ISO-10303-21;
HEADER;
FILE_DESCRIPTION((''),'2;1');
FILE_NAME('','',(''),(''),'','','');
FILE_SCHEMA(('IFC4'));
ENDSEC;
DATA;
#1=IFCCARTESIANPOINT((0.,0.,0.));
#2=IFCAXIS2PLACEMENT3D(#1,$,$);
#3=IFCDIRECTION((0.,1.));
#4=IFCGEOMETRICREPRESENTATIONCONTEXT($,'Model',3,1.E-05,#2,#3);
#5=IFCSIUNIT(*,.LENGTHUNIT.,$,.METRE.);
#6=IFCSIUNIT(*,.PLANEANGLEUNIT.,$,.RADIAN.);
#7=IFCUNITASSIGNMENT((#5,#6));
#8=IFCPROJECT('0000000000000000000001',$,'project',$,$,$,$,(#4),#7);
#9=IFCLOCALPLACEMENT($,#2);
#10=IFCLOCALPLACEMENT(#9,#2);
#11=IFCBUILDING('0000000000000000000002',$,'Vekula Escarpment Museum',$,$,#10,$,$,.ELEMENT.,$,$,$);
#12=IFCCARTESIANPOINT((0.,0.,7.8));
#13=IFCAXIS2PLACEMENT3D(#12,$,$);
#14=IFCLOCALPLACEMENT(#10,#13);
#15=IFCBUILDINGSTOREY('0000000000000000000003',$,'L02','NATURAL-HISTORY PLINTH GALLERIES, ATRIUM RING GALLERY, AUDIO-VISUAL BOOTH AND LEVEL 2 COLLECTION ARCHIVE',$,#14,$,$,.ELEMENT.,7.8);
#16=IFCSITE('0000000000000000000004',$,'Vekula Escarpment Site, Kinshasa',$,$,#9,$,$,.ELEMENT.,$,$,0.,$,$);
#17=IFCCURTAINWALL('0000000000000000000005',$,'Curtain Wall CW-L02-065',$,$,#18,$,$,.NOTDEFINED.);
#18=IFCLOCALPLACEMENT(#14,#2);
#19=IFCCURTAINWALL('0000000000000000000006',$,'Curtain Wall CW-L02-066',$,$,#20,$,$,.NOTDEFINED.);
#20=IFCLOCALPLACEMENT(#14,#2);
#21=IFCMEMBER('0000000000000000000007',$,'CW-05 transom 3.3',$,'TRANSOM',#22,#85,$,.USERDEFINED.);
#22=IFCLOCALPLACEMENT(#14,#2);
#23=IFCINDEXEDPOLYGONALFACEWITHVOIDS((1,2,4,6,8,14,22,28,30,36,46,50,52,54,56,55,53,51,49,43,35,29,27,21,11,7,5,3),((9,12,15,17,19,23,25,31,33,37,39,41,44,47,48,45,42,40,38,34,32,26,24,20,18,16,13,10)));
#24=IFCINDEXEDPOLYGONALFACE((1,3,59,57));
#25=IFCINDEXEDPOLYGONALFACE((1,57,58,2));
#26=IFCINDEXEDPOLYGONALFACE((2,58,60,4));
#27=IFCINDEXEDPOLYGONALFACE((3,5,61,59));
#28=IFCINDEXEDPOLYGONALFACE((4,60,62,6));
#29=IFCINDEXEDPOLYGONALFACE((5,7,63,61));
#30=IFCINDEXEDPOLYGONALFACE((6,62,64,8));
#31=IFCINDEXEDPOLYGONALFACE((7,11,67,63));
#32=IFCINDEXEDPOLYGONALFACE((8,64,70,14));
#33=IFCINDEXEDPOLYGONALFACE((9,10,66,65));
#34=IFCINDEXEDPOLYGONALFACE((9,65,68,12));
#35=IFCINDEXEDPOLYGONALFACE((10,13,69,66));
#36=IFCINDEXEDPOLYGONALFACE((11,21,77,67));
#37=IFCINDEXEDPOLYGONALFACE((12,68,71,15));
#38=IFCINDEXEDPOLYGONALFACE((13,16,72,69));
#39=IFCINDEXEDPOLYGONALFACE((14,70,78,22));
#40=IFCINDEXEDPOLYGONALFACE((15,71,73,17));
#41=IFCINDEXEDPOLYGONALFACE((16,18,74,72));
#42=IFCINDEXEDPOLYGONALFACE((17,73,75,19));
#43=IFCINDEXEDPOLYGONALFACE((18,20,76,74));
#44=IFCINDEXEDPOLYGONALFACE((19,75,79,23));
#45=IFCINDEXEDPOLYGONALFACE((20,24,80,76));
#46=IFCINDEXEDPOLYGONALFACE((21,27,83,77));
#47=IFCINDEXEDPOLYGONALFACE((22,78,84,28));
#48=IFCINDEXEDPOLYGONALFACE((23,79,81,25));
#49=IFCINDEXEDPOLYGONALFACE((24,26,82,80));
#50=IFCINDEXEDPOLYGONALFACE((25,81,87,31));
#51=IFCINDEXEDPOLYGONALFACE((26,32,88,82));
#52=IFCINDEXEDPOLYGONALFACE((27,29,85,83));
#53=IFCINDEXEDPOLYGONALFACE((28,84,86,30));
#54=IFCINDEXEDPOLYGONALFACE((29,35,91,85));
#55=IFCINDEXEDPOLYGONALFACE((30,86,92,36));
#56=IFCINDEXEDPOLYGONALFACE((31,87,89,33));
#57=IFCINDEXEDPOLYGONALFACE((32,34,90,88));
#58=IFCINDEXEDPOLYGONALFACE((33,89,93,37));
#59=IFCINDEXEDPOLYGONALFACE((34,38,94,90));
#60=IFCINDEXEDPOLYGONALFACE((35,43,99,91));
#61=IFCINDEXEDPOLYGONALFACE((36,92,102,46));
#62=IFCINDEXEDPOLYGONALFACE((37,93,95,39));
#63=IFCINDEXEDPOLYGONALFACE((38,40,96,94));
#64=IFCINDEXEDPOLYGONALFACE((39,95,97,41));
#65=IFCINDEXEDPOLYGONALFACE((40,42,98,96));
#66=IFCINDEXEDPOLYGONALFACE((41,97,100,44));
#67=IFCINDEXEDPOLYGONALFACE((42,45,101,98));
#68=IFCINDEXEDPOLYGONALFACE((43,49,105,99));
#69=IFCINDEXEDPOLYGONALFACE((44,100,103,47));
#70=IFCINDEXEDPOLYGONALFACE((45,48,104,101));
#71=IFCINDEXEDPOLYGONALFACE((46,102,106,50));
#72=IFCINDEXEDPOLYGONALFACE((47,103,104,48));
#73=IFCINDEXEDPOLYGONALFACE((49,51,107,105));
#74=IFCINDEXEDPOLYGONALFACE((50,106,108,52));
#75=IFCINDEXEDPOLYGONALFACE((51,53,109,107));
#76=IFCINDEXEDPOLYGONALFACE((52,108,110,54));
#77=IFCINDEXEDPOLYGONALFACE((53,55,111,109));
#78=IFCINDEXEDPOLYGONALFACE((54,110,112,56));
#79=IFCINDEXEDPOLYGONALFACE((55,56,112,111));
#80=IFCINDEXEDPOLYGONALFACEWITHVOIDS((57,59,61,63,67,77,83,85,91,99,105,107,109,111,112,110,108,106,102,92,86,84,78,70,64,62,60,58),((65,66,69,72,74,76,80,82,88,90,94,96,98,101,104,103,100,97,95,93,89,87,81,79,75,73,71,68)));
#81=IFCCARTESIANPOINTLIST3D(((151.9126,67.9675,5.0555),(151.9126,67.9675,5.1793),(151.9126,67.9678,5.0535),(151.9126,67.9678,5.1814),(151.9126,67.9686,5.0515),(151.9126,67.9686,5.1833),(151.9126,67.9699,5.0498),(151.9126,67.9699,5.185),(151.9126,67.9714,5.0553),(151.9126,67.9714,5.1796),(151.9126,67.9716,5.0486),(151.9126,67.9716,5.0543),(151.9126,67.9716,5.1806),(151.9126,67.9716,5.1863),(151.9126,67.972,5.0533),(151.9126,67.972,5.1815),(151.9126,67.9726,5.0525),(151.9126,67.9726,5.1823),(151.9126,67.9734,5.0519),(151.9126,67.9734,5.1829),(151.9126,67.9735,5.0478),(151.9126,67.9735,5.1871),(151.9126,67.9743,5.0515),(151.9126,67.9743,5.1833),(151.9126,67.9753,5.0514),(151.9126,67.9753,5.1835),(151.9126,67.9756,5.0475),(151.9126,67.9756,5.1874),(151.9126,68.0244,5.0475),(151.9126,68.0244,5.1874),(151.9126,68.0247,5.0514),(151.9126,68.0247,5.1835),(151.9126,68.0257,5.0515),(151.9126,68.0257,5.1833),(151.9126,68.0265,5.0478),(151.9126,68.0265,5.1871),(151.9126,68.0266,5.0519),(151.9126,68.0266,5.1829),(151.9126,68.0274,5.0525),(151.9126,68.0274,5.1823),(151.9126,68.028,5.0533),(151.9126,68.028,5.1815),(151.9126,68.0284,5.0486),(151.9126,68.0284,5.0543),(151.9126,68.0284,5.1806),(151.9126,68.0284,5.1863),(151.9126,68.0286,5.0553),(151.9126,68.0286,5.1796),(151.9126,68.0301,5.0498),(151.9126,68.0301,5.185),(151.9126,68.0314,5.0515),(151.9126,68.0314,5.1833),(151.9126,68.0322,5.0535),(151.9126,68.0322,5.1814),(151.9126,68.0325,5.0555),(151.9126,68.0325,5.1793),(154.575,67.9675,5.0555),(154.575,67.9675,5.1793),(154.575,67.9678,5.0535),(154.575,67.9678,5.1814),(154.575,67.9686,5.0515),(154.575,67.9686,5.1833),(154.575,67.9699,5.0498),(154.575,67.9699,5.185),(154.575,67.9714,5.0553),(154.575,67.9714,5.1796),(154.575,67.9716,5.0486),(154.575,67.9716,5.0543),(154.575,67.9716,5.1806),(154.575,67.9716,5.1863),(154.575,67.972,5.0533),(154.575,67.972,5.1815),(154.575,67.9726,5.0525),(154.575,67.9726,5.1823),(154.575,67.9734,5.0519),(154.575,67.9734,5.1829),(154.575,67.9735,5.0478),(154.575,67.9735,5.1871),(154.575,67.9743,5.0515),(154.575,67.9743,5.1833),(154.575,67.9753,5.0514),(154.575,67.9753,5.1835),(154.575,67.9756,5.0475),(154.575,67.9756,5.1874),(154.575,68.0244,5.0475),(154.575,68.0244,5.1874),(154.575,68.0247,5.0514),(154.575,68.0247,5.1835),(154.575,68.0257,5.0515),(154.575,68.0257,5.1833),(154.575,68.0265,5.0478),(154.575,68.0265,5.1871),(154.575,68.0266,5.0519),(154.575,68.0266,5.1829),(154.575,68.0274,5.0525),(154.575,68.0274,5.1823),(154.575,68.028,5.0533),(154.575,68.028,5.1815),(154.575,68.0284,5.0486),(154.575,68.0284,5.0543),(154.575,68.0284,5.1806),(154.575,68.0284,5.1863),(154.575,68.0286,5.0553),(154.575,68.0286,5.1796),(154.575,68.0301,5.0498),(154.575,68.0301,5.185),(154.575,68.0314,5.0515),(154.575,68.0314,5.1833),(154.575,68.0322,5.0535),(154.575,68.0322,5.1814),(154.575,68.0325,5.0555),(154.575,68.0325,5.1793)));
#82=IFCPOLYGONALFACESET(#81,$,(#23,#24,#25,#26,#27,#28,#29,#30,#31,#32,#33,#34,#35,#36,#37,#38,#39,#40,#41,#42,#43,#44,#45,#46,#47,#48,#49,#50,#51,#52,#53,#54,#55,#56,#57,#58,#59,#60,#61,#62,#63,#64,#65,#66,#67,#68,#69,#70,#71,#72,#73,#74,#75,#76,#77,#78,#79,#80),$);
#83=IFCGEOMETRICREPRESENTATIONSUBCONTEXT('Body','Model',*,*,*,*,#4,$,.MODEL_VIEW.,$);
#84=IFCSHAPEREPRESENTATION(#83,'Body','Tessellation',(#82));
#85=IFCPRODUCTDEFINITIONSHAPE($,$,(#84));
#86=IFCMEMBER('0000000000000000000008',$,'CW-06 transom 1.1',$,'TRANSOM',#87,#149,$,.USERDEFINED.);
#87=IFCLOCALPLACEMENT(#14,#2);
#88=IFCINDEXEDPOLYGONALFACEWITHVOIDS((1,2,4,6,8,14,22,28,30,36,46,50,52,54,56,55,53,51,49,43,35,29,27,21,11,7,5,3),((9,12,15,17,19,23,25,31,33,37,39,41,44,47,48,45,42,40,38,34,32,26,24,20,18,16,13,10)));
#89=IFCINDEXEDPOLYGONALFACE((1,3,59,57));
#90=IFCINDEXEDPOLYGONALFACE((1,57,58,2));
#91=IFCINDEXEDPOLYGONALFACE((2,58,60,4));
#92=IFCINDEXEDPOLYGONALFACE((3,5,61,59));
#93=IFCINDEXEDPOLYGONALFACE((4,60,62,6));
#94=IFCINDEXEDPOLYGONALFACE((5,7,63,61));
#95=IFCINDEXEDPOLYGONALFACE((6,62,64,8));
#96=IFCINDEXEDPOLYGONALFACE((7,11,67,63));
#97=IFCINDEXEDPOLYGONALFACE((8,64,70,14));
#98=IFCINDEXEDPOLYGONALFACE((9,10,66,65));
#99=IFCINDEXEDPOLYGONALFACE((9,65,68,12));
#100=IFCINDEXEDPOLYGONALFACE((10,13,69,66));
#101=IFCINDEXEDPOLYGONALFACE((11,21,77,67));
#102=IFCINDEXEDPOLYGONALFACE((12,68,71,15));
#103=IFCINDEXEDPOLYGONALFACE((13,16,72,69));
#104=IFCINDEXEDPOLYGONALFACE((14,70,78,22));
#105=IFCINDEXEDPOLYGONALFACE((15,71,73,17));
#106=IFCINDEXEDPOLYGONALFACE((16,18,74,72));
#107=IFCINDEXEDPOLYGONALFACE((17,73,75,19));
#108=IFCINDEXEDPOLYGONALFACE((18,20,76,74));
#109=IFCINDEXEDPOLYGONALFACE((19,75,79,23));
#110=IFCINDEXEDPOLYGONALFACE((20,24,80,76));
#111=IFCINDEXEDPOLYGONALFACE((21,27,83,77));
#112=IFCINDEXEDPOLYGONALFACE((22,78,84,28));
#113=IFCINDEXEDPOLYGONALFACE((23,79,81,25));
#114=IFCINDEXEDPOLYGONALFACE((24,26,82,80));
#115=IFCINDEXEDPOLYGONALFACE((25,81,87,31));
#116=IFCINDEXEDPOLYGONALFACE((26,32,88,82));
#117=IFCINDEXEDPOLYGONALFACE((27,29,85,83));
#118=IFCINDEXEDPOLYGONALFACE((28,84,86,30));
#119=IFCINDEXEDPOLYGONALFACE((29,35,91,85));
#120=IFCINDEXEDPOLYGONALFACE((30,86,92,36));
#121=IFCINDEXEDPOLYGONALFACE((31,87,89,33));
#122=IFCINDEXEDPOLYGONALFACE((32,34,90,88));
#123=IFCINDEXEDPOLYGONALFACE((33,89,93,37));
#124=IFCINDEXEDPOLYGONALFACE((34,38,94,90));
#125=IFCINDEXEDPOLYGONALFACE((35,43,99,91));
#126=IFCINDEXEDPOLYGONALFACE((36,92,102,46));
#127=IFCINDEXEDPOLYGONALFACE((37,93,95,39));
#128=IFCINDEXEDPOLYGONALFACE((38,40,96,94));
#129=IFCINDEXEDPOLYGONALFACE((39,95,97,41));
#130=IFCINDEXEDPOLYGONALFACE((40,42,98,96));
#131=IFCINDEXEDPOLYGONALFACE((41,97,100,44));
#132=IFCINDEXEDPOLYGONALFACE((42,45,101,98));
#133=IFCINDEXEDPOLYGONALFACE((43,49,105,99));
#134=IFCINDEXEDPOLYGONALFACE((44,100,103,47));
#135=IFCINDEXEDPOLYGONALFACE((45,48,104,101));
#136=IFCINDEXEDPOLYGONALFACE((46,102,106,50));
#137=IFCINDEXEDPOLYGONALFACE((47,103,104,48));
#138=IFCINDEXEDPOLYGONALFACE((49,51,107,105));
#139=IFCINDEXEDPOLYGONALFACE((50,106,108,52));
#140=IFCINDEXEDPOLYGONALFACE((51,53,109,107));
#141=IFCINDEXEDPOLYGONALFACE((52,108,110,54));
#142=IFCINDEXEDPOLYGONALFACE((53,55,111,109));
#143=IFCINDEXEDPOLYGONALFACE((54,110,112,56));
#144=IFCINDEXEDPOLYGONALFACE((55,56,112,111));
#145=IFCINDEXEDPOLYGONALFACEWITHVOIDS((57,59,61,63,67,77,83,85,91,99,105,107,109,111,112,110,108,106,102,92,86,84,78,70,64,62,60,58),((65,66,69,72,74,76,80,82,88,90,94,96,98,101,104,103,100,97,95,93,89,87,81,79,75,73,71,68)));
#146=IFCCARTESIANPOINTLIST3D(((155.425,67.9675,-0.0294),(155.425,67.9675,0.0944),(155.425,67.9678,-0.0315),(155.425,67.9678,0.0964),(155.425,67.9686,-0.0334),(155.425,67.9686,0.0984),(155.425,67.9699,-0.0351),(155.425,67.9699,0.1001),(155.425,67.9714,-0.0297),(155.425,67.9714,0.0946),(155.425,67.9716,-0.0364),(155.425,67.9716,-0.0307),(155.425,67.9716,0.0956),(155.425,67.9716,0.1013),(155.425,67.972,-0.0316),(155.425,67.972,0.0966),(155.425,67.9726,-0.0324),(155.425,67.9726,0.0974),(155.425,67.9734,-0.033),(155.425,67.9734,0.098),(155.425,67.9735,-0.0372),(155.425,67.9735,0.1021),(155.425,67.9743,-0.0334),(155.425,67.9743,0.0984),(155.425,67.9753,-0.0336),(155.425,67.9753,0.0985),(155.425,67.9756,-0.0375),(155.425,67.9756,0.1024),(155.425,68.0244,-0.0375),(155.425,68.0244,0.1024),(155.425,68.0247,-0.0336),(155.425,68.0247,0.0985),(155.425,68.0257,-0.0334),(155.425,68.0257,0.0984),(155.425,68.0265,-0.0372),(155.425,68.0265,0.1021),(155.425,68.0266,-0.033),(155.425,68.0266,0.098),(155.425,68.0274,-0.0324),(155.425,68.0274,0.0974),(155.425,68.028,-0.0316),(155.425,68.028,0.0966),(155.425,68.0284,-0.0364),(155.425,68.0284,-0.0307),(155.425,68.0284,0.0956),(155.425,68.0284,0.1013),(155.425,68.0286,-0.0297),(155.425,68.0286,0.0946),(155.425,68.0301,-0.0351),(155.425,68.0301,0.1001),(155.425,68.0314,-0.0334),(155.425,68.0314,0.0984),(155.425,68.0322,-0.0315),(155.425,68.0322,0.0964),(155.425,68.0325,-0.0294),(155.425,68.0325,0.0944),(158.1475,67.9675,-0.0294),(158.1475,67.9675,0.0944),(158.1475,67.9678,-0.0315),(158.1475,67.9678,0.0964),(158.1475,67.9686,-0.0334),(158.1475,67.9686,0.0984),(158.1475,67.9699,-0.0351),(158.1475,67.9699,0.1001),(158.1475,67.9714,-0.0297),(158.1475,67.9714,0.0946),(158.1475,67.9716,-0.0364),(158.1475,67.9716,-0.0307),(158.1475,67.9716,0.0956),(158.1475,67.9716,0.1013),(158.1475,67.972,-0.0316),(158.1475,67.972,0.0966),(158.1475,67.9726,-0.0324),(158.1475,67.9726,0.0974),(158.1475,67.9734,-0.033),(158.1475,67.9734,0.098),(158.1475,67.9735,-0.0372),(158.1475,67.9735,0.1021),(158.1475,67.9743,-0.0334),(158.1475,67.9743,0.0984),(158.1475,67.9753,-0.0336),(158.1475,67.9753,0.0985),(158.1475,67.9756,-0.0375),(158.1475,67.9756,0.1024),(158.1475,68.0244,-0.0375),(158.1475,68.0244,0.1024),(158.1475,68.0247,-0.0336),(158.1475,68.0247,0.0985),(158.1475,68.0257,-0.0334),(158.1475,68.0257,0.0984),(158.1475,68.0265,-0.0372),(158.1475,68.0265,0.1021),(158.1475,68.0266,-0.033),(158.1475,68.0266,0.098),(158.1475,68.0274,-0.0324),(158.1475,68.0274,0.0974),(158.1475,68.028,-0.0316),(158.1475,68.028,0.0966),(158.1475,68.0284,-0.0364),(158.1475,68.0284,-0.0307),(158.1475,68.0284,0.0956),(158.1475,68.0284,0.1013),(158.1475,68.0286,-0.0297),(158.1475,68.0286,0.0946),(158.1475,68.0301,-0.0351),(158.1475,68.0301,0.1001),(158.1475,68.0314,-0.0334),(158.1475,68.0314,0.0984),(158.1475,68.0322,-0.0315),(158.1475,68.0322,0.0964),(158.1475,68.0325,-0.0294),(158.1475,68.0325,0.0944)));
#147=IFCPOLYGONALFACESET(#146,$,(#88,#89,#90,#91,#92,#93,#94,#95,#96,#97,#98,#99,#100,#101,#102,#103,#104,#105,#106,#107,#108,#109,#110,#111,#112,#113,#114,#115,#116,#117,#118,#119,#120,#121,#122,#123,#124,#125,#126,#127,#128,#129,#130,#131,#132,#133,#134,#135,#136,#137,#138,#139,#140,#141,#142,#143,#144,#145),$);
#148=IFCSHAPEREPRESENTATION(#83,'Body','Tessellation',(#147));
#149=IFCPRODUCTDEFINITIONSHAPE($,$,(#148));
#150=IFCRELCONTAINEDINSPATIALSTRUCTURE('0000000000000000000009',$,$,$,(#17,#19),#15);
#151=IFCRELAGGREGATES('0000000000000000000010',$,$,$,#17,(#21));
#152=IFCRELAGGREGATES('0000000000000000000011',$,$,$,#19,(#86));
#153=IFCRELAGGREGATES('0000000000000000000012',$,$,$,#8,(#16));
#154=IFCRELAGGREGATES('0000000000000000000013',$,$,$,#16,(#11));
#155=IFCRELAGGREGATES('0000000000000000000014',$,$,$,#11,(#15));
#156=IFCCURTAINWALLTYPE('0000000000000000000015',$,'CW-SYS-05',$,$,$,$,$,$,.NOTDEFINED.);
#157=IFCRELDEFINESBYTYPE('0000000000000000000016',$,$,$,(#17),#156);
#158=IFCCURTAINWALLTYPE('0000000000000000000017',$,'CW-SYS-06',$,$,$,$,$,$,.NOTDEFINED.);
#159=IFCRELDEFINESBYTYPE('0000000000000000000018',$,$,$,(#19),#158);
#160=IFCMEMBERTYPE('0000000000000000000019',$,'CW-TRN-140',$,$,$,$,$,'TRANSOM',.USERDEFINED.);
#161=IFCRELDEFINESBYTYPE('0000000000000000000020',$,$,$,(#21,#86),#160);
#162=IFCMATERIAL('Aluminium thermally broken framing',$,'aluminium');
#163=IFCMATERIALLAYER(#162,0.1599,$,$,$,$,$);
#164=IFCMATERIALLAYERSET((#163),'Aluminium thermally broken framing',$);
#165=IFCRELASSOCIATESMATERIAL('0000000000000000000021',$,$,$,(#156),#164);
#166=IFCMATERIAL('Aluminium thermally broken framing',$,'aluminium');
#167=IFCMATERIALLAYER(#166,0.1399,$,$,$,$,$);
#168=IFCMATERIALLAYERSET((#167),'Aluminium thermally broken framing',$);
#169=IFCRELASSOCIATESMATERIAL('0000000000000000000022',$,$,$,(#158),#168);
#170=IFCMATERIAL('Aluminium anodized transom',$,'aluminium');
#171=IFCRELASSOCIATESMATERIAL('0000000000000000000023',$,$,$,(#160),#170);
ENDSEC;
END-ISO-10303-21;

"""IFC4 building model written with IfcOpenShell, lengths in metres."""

from ifc_helpers import new_model, si_unit, direction, frame, origin, origin_2d, place, context, subcontext, project, spatial, hollow_rectangle, extrude, material, layer, layer_set, material_profile, profile_set, type_object, element, aggregate, save


model = new_model("IFC4")

# Units and contexts
model_context = context("Model", 3, precision=1e-05, world=origin(), true_north=direction((0.0, 1.0)))
body_context = subcontext(model_context, "Body", "Model", "MODEL_VIEW")
ifc_project = project(units=[si_unit("LENGTHUNIT", "METRE"), si_unit("PLANEANGLEUNIT", "RADIAN")], contexts=[model_context])

# Site, building, storey
site_placement = place(None, origin())
site = spatial("IfcSite", under=ifc_project, at=site_placement, Name="Vekula Escarpment Site, Kinshasa", CompositionType="ELEMENT", RefElevation=0.0)
building_placement = place(site_placement, origin())
building = spatial("IfcBuilding", under=site, at=building_placement, Name="Vekula Escarpment Museum", CompositionType="ELEMENT")
storey_placement = place(building_placement, frame((0.0, 0.0, 7.8)))
storey = spatial("IfcBuildingStorey", under=building, at=storey_placement, Name="L02", Description="NATURAL-HISTORY PLINTH GALLERIES, ATRIUM RING GALLERY, AUDIO-VISUAL BOOTH AND LEVEL 2 COLLECTION ARCHIVE", CompositionType="ELEMENT", Elevation=7.8)

# Curtain wall
ifc_material_1 = material(Name="Aluminium thermally broken framing", Category="aluminium")
ifc_layer_1 = layer(ifc_material_1, 0.1599)
ifc_layer_set_1 = layer_set([ifc_layer_1], Name="Aluminium thermally broken framing")
curtain_wall_type_1 = type_object("IfcCurtainWallType", Name="CW-SYS-05", PredefinedType="NOTDEFINED", material=ifc_layer_set_1)
curtain_wall_1_placement = place(storey_placement, origin())
curtain_wall_1 = element("IfcCurtainWall", 1, at=curtain_wall_1_placement, inside=storey, type_object=curtain_wall_type_1, Name="Curtain Wall CW-L02-065", PredefinedType="NOTDEFINED")

# Curtain wall
ifc_material_2 = material(Name="Aluminium thermally broken framing", Category="aluminium")
ifc_layer_2 = layer(ifc_material_2, 0.1399)
ifc_layer_set_2 = layer_set([ifc_layer_2], Name="Aluminium thermally broken framing")
curtain_wall_type_2 = type_object("IfcCurtainWallType", Name="CW-SYS-06", PredefinedType="NOTDEFINED", material=ifc_layer_set_2)
curtain_wall_2_placement = place(storey_placement, origin())
curtain_wall_2 = element("IfcCurtainWall", 2, at=curtain_wall_2_placement, inside=storey, type_object=curtain_wall_type_2, Name="Curtain Wall CW-L02-066", PredefinedType="NOTDEFINED")

# Members
ifc_material_3 = material(Name="Aluminium anodized transom", Category="aluminium")
ifc_material_profile_1 = material_profile(ifc_material_3, hollow_rectangle(XDim=0.0649, YDim=0.1399, WallThickness=0.0039, InnerFilletRadius=0.0039, OuterFilletRadius=0.0081, at=origin_2d()), Name="ALU 140x65x4")
ifc_profile_set_1 = profile_set([ifc_material_profile_1], Name="Aluminium anodized transom")
member_type_1 = type_object("IfcMemberType", Name="CW-TRN-140", ElementType="TRANSOM", PredefinedType="USERDEFINED", material=ifc_profile_set_1)
member_1_placement = place(storey_placement, frame((151.9126, 68.0, 5.1174), z_axis=(1.0, 0.0, 0.0), x_axis=(0.0, 1.0, 0.0)))
member_1 = element("IfcMember", 3, at=member_1_placement, type_object=member_type_1, Name="CW-05 transom 3.3", ObjectType="TRANSOM", PredefinedType="USERDEFINED", context=body_context, shape_type="SweptSolid", body=[
    extrude(hollow_rectangle(XDim=0.0649, YDim=0.1399, WallThickness=0.0039, InnerFilletRadius=0.0039, OuterFilletRadius=0.0081, at=origin_2d()), origin(), (0.0, 0.0, 1.0), 2.6624),
])
member_2_placement = place(storey_placement, frame((155.425, 68.0, 0.0325), z_axis=(1.0, 0.0, 0.0), x_axis=(0.0, 1.0, 0.0)))
member_2 = element("IfcMember", 4, at=member_2_placement, type_object=member_type_1, Name="CW-06 transom 1.1", ObjectType="TRANSOM", PredefinedType="USERDEFINED", context=body_context, shape_type="SweptSolid", body=[
    extrude(hollow_rectangle(XDim=0.0649, YDim=0.1399, WallThickness=0.0039, InnerFilletRadius=0.0039, OuterFilletRadius=0.0081, at=origin_2d()), origin(), (0.0, 0.0, 1.0), 2.7224),
])

aggregate(curtain_wall_1, [member_1])
aggregate(curtain_wall_2, [member_2])

save(model, "model.ifc")
